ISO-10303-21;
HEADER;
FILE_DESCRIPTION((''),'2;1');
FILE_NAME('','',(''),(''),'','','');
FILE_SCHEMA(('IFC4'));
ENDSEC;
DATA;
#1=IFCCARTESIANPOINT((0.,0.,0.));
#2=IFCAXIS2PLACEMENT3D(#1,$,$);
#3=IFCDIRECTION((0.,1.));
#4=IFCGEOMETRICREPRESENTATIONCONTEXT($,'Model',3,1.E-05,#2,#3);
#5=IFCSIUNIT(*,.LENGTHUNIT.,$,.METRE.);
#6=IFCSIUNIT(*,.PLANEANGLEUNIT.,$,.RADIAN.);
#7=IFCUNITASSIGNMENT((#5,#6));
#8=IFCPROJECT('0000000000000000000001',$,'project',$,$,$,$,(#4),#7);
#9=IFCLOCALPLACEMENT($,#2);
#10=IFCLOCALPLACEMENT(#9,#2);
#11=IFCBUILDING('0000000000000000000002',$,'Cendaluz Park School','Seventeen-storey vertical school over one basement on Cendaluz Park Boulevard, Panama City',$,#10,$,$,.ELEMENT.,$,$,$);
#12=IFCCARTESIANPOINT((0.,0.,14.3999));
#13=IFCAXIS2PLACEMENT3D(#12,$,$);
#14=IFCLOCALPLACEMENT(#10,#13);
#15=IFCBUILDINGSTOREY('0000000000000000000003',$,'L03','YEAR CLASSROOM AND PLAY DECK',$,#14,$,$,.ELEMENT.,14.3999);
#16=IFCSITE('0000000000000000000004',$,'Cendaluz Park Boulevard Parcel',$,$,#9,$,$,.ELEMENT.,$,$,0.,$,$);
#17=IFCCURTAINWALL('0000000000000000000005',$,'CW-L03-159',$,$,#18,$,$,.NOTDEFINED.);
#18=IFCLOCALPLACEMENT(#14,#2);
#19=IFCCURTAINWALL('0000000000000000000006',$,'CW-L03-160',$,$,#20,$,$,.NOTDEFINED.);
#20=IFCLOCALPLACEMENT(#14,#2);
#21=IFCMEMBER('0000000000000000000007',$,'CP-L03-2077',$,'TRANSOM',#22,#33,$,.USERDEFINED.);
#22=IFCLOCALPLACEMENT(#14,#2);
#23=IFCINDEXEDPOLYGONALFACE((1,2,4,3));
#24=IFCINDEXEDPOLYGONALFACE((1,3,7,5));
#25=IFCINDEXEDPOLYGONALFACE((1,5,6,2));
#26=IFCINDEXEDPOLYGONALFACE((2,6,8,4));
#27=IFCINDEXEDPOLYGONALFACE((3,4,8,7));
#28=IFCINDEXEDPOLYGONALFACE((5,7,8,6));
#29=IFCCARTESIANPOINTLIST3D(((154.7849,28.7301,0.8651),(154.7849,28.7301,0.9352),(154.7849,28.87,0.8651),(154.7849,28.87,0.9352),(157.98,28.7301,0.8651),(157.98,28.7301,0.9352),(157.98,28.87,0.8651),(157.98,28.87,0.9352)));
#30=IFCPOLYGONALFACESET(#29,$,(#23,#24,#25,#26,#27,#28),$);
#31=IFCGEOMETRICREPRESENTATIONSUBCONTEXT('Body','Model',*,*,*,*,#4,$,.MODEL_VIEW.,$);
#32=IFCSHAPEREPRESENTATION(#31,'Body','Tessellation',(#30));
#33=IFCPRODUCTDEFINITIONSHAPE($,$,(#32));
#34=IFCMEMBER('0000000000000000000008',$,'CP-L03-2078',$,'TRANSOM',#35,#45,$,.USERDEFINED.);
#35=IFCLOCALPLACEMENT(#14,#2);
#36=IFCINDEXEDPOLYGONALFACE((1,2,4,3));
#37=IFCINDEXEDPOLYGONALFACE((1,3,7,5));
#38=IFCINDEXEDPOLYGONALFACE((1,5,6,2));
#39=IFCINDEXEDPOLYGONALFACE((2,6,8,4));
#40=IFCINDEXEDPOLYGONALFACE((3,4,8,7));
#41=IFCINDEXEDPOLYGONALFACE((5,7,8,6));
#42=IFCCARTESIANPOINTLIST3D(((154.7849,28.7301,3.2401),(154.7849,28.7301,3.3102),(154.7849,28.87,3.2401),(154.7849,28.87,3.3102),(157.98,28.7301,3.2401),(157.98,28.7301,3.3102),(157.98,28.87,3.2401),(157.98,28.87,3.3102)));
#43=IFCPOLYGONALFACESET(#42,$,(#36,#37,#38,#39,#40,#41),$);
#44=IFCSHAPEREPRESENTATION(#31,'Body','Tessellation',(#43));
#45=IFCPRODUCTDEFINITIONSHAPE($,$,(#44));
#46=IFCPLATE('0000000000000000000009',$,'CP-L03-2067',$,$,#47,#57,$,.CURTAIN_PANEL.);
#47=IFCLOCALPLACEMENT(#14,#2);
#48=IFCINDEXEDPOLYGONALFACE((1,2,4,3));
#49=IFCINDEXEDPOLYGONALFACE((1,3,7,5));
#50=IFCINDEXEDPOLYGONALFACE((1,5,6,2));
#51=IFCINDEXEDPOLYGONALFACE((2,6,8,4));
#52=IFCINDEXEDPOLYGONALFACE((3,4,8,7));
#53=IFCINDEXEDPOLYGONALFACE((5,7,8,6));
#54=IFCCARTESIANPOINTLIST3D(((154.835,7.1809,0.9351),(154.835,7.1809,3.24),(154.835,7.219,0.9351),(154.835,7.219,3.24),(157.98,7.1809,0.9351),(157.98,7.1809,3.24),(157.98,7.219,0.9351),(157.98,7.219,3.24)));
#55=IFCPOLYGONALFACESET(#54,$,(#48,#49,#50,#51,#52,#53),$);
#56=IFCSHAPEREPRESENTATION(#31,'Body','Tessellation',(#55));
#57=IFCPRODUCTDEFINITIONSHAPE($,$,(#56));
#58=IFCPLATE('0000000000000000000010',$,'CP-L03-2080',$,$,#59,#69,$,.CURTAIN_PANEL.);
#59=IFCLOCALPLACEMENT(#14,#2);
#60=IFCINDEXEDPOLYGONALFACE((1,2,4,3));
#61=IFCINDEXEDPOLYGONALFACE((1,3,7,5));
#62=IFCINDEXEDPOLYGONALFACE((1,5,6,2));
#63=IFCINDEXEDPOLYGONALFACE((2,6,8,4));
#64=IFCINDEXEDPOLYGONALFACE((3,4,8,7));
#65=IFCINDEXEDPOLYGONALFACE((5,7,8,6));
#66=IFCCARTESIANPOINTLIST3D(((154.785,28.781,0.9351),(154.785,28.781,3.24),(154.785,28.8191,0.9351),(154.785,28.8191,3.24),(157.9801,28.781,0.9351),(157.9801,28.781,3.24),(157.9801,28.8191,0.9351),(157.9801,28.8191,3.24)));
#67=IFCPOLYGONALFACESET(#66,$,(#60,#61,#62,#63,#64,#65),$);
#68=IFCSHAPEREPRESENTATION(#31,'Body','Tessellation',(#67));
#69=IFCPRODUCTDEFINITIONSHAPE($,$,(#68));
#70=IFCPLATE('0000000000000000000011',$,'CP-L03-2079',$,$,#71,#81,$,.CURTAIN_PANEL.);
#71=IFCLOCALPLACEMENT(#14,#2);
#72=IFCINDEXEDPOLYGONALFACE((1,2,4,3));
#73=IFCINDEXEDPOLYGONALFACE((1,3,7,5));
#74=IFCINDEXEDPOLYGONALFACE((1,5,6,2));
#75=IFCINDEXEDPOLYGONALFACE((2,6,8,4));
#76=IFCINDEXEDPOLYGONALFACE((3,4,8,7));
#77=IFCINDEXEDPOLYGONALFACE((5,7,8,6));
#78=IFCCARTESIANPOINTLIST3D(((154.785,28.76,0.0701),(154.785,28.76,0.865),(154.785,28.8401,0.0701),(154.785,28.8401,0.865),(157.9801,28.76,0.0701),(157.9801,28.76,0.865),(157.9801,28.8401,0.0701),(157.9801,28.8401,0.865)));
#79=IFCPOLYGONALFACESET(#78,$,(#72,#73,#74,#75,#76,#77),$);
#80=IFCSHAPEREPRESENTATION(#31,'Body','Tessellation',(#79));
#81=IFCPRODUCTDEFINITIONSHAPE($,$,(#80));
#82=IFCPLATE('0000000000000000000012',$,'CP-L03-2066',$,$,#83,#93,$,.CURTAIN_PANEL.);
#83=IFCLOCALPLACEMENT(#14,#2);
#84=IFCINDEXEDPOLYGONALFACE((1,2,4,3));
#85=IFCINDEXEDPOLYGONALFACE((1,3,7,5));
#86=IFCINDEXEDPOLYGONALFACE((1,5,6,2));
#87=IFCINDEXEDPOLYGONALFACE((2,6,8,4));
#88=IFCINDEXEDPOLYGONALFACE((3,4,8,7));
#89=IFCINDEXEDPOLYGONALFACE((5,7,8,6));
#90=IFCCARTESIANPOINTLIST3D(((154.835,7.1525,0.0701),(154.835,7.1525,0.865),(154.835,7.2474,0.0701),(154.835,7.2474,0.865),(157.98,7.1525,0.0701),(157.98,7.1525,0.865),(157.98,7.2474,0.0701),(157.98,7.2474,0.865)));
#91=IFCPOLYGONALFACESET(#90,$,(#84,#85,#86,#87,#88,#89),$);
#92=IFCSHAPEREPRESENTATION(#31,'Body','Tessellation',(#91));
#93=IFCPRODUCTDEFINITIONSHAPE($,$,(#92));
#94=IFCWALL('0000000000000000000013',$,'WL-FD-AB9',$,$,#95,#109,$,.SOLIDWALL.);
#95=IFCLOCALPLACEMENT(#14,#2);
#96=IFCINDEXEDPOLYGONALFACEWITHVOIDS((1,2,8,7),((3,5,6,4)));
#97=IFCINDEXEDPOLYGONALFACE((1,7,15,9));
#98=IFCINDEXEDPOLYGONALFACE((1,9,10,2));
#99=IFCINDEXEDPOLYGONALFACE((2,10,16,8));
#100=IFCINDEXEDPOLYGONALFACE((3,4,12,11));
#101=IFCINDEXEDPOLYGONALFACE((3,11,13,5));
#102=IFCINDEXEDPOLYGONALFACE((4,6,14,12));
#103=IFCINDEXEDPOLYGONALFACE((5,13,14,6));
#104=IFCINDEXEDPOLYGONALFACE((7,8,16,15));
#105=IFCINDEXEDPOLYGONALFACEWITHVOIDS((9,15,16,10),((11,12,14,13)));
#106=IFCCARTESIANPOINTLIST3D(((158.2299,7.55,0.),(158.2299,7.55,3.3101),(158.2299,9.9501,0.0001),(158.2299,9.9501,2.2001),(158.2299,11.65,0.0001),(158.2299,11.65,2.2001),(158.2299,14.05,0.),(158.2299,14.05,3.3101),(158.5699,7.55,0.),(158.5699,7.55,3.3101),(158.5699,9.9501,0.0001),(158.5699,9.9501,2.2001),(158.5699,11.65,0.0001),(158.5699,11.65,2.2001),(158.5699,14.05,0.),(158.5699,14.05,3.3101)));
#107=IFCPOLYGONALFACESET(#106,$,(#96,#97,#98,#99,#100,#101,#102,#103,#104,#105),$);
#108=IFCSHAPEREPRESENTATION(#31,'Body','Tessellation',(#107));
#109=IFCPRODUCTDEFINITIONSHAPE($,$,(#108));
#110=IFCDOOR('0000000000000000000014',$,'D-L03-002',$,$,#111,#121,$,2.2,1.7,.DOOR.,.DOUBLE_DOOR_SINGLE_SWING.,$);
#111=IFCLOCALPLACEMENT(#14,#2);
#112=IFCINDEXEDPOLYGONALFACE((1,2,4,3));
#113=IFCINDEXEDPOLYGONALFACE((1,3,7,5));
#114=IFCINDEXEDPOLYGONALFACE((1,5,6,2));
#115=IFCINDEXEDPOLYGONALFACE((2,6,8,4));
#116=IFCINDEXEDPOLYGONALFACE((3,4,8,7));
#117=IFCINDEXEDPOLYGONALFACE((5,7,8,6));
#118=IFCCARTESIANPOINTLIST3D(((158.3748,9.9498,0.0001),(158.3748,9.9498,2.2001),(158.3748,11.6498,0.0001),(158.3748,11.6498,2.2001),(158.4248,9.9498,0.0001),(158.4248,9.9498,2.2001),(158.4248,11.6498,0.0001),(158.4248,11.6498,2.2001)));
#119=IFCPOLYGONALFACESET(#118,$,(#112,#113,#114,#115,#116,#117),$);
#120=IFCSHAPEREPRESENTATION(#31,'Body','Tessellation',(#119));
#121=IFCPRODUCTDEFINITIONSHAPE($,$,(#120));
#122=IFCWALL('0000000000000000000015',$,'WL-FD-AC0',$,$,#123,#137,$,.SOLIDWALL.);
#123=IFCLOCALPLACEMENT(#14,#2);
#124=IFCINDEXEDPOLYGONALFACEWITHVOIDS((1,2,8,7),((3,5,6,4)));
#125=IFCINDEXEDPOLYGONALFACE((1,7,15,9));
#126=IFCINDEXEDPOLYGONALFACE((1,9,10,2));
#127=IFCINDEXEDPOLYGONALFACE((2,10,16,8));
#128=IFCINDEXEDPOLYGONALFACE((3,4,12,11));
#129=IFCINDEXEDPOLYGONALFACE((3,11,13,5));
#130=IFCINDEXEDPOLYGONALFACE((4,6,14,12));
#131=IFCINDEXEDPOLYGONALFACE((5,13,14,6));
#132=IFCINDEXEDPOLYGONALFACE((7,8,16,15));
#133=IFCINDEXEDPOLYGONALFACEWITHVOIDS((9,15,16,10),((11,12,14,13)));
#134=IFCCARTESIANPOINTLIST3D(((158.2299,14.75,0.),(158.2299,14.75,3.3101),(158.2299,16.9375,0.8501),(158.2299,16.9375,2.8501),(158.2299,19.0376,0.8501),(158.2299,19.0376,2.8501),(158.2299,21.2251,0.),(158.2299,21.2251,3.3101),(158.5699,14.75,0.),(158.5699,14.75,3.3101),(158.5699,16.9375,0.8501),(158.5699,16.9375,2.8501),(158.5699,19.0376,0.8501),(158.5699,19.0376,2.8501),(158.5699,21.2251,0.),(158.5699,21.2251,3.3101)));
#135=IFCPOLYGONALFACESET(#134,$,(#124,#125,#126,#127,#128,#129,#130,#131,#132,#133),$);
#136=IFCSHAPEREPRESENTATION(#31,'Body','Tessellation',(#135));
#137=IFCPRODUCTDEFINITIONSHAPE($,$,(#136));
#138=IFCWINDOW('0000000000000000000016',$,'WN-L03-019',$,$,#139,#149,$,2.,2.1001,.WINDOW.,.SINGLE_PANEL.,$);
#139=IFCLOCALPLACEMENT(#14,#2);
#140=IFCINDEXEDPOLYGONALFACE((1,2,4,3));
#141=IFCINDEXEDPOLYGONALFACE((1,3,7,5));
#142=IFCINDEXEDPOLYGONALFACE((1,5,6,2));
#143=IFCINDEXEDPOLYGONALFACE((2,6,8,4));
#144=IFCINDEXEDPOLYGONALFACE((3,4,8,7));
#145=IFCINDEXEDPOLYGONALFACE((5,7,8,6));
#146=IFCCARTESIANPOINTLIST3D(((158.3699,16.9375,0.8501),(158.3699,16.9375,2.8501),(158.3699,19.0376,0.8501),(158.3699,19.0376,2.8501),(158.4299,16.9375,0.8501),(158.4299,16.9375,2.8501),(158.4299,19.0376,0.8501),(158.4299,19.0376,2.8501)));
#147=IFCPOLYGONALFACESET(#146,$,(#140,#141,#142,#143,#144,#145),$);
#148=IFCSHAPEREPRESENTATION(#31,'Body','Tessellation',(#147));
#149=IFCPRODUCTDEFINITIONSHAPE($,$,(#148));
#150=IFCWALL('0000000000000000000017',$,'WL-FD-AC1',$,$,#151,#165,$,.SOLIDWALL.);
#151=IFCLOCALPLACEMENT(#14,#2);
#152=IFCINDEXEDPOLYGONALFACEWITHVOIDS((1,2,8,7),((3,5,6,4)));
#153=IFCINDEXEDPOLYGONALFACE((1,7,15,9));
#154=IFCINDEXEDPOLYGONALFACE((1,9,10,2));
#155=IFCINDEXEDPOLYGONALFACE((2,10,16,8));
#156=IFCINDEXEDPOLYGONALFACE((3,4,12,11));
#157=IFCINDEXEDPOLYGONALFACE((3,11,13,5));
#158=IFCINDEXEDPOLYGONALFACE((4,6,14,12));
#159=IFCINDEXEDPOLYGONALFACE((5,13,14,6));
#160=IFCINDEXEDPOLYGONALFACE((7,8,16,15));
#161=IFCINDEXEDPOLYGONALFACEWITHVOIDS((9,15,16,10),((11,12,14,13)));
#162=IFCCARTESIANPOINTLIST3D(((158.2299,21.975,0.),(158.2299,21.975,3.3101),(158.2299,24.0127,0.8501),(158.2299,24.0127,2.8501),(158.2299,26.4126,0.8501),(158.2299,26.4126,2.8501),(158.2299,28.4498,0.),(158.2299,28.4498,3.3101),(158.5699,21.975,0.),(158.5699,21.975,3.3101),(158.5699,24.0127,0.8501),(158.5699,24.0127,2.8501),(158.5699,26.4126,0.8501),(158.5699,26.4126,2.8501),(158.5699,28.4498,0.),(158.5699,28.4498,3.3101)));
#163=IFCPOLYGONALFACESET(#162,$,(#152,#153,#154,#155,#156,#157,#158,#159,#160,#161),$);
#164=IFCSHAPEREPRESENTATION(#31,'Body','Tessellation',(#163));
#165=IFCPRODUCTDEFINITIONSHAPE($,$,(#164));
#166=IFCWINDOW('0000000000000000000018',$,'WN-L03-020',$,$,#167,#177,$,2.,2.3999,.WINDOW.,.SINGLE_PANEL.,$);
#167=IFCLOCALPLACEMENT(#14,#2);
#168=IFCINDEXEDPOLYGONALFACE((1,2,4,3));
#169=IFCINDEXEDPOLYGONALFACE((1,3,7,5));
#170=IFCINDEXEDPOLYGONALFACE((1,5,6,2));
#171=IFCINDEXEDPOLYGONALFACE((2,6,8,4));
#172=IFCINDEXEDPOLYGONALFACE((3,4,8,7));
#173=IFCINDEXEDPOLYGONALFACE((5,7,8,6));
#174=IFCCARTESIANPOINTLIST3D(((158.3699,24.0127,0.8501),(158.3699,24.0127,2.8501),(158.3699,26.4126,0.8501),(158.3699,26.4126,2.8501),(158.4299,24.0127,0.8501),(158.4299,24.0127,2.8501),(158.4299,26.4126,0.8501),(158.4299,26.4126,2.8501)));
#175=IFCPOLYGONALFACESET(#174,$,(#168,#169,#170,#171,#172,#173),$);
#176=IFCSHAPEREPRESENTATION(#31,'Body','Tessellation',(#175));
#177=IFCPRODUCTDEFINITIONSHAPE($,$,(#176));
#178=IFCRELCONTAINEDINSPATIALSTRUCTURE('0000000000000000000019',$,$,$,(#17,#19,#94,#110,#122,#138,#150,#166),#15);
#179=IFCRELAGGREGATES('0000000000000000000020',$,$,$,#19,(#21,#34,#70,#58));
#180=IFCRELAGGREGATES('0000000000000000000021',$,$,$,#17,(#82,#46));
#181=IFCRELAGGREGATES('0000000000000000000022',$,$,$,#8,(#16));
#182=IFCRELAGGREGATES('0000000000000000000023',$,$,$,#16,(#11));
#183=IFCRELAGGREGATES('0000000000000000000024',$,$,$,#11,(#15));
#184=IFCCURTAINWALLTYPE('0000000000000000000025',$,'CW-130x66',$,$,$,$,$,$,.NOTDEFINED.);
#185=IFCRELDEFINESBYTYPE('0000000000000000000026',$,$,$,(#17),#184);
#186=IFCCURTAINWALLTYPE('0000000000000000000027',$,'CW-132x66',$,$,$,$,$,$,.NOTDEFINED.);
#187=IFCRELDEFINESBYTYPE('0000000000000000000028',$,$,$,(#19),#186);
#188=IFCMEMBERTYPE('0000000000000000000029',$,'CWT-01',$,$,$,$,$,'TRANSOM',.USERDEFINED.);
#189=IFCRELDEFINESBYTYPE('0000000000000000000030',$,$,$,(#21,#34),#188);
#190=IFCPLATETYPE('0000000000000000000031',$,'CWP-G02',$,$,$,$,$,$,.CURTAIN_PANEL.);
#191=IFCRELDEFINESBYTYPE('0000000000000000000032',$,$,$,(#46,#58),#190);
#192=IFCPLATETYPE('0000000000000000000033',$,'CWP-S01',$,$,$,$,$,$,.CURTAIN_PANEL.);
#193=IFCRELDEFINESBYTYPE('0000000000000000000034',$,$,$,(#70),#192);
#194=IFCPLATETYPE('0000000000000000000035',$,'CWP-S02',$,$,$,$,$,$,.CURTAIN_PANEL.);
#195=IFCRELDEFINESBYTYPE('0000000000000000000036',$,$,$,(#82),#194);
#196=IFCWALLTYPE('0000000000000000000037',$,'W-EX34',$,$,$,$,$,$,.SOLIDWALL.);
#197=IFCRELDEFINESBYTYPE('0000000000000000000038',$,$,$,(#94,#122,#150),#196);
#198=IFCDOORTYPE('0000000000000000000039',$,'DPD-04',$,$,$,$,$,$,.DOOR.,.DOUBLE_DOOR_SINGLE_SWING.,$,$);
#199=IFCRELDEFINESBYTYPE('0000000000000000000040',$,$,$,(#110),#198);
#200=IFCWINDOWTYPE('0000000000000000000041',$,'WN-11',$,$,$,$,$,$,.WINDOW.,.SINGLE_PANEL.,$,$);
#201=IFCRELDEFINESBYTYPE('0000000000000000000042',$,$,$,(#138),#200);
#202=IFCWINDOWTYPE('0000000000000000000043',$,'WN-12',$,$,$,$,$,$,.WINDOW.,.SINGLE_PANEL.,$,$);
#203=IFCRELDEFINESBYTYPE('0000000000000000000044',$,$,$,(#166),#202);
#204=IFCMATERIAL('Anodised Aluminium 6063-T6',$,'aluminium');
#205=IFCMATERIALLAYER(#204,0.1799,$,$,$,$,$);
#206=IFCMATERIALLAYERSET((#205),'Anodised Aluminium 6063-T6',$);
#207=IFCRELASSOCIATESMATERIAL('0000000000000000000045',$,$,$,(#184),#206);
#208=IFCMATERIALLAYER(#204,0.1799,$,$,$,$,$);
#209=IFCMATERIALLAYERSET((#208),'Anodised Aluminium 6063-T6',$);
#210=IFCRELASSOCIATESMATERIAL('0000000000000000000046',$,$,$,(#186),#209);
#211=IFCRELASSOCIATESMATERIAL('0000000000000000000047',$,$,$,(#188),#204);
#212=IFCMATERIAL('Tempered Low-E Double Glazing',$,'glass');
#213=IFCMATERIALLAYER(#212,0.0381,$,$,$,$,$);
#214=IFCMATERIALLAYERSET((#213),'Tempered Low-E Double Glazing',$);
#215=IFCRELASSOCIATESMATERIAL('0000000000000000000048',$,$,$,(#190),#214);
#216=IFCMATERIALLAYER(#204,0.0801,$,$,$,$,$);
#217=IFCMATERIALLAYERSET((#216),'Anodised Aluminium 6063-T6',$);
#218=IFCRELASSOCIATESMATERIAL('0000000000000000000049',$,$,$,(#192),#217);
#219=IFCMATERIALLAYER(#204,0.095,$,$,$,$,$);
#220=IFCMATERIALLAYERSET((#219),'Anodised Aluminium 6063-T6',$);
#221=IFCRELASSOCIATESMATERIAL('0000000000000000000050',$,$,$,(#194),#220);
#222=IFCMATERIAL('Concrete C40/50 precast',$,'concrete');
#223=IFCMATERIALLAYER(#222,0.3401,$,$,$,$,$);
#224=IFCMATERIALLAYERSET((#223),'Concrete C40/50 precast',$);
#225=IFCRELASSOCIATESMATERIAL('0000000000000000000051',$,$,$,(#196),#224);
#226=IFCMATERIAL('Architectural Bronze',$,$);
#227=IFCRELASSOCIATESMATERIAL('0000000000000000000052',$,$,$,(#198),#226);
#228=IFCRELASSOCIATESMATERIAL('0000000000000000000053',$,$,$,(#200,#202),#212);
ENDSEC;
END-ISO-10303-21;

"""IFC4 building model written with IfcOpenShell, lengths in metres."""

from ifc_helpers import new_model, si_unit, direction, frame, frame_2d, origin, origin_2d, place, context, subcontext, project, spatial, rectangle, extrude, material, layer, layer_set, material_profile, profile_set, type_object, element, fill, aggregate, save


model = new_model("IFC4")

# Units and contexts
model_context = context("Model", 3, precision=1e-05, world=origin(), true_north=direction((0.0, 1.0)))
body_context = subcontext(model_context, "Body", "Model", "MODEL_VIEW")
ifc_project = project(units=[si_unit("LENGTHUNIT", "METRE"), si_unit("PLANEANGLEUNIT", "RADIAN")], contexts=[model_context])

# Site, building, storey
site_placement = place(None, origin())
site = spatial("IfcSite", under=ifc_project, at=site_placement, Name="Cendaluz Park Boulevard Parcel", CompositionType="ELEMENT", RefElevation=0.0)
building_placement = place(site_placement, origin())
building = spatial("IfcBuilding", under=site, at=building_placement, Name="Cendaluz Park School", Description="Seventeen-storey vertical school over one basement on Cendaluz Park Boulevard, Panama City", CompositionType="ELEMENT")
storey_placement = place(building_placement, frame((0.0, 0.0, 14.3999)))
storey = spatial("IfcBuildingStorey", under=building, at=storey_placement, Name="L03", Description="YEAR CLASSROOM AND PLAY DECK", CompositionType="ELEMENT", Elevation=14.3999)

# Curtain wall
ifc_material_1 = material(Name="Anodised Aluminium 6063-T6", Category="aluminium")
ifc_layer_1 = layer(ifc_material_1, 0.1799)
ifc_layer_set_1 = layer_set([ifc_layer_1], Name="Anodised Aluminium 6063-T6")
curtain_wall_type_1 = type_object("IfcCurtainWallType", Name="CW-130x66", PredefinedType="NOTDEFINED", material=ifc_layer_set_1)
curtain_wall_1_placement = place(storey_placement, origin())
curtain_wall_1 = element("IfcCurtainWall", 1, at=curtain_wall_1_placement, inside=storey, type_object=curtain_wall_type_1, Name="CW-L03-159", PredefinedType="NOTDEFINED")

# Curtain wall
ifc_layer_2 = layer(ifc_material_1, 0.1799)
ifc_layer_set_2 = layer_set([ifc_layer_2], Name="Anodised Aluminium 6063-T6")
curtain_wall_type_2 = type_object("IfcCurtainWallType", Name="CW-132x66", PredefinedType="NOTDEFINED", material=ifc_layer_set_2)
curtain_wall_2_placement = place(storey_placement, origin())
curtain_wall_2 = element("IfcCurtainWall", 2, at=curtain_wall_2_placement, inside=storey, type_object=curtain_wall_type_2, Name="CW-L03-160", PredefinedType="NOTDEFINED")

# Members
ifc_material_profile_1 = material_profile(ifc_material_1, rectangle(XDim=0.1399, YDim=0.0701, at=origin_2d()), Name="CWT 140x70", Category="aluminium")
ifc_profile_set_1 = profile_set([ifc_material_profile_1], Name="Anodised Aluminium 6063-T6")
member_type_1 = type_object("IfcMemberType", Name="CWT-01", ElementType="TRANSOM", PredefinedType="USERDEFINED", material=ifc_profile_set_1)
member_1_placement = place(storey_placement, frame((154.7849, 28.8, 0.9001), z_axis=(1.0, 0.0, 0.0), x_axis=(0.0, 1.0, 0.0)))
member_1 = element("IfcMember", 3, at=member_1_placement, type_object=member_type_1, Name="CP-L03-2077", ObjectType="TRANSOM", PredefinedType="USERDEFINED", context=body_context, shape_type="SweptSolid", body=[
    extrude(rectangle(XDim=0.1399, YDim=0.0701, at=origin_2d()), origin(), (0.0, 0.0, 1.0), 3.1951),
])
member_2_placement = place(storey_placement, frame((154.7849, 28.8, 3.2751), z_axis=(1.0, 0.0, 0.0), x_axis=(0.0, 1.0, 0.0)))
member_2 = element("IfcMember", 4, at=member_2_placement, type_object=member_type_1, Name="CP-L03-2078", ObjectType="TRANSOM", PredefinedType="USERDEFINED", context=body_context, shape_type="SweptSolid", body=[
    extrude(rectangle(XDim=0.1399, YDim=0.0701, at=origin_2d()), origin(), (0.0, 0.0, 1.0), 3.1951),
])

# Plates
ifc_material_2 = material(Name="Tempered Low-E Double Glazing", Category="glass")
ifc_layer_3 = layer(ifc_material_2, 0.0381)
ifc_layer_set_3 = layer_set([ifc_layer_3], Name="Tempered Low-E Double Glazing")
plate_type_1 = type_object("IfcPlateType", Name="CWP-G02", PredefinedType="CURTAIN_PANEL", material=ifc_layer_set_3)
plate_1_placement = place(storey_placement, frame((156.4075, 7.2, 0.9351), z_axis=(0.0, 0.0, 1.0), x_axis=(1.0, 0.0, 0.0)))
plate_1 = element("IfcPlate", 5, at=plate_1_placement, type_object=plate_type_1, Name="CP-L03-2067", PredefinedType="CURTAIN_PANEL", context=body_context, shape_type="SweptSolid", body=[
    extrude(rectangle(XDim=3.145, YDim=0.0381, at=origin_2d()), origin(), (0.0, 0.0, 1.0), 2.3049),
])
plate_2_placement = place(storey_placement, frame((156.3826, 28.8, 0.9351), z_axis=(0.0, 0.0, 1.0), x_axis=(1.0, 0.0, 0.0)))
plate_2 = element("IfcPlate", 6, at=plate_2_placement, type_object=plate_type_1, Name="CP-L03-2080", PredefinedType="CURTAIN_PANEL", context=body_context, shape_type="SweptSolid", body=[
    extrude(rectangle(XDim=3.1951, YDim=0.0381, at=origin_2d()), origin(), (0.0, 0.0, 1.0), 2.3049),
])
ifc_layer_4 = layer(ifc_material_1, 0.0801)
ifc_layer_set_4 = layer_set([ifc_layer_4], Name="Anodised Aluminium 6063-T6")
plate_type_2 = type_object("IfcPlateType", Name="CWP-S01", PredefinedType="CURTAIN_PANEL", material=ifc_layer_set_4)
plate_3_placement = place(storey_placement, frame((156.3826, 28.8, 0.0701), z_axis=(0.0, 0.0, 1.0), x_axis=(1.0, 0.0, 0.0)))
plate_3 = element("IfcPlate", 7, at=plate_3_placement, type_object=plate_type_2, Name="CP-L03-2079", PredefinedType="CURTAIN_PANEL", context=body_context, shape_type="SweptSolid", body=[
    extrude(rectangle(XDim=3.1951, YDim=0.0801, at=origin_2d()), origin(), (0.0, 0.0, 1.0), 0.7949),
])
aggregate(curtain_wall_2, [member_1, member_2, plate_3, plate_2])
ifc_layer_5 = layer(ifc_material_1, 0.095)
ifc_layer_set_5 = layer_set([ifc_layer_5], Name="Anodised Aluminium 6063-T6")
plate_type_3 = type_object("IfcPlateType", Name="CWP-S02", PredefinedType="CURTAIN_PANEL", material=ifc_layer_set_5)
plate_4_placement = place(storey_placement, frame((156.4075, 7.2, 0.0701), z_axis=(0.0, 0.0, 1.0), x_axis=(1.0, 0.0, 0.0)))
plate_4 = element("IfcPlate", 8, at=plate_4_placement, type_object=plate_type_3, Name="CP-L03-2066", PredefinedType="CURTAIN_PANEL", context=body_context, shape_type="SweptSolid", body=[
    extrude(rectangle(XDim=3.145, YDim=0.095, at=origin_2d()), origin(), (0.0, 0.0, 1.0), 0.7949),
])
aggregate(curtain_wall_1, [plate_4, plate_1])

# Wall, opening, door
ifc_material_3 = material(Name="Concrete C40/50 precast", Category="concrete")
ifc_layer_6 = layer(ifc_material_3, 0.3401)
ifc_layer_set_6 = layer_set([ifc_layer_6], Name="Concrete C40/50 precast")
wall_type = type_object("IfcWallType", Name="W-EX34", PredefinedType="SOLIDWALL", material=ifc_layer_set_6)
wall_1_placement = place(storey_placement, frame((158.3999, 7.55, 0.0), z_axis=(0.0, 0.0, 1.0), x_axis=(0.0, 1.0, 0.0)))
wall_1 = element("IfcWall", 9, at=wall_1_placement, inside=storey, type_object=wall_type, Name="WL-FD-AB9", PredefinedType="SOLIDWALL", context=body_context, shape_type="SweptSolid", body=[
    extrude(rectangle(XDim=6.5, YDim=0.3401, at=frame_2d((3.25, 0.0))), origin(), (0.0, 0.0, 1.0), 3.3101),
])
opening_1_placement = place(wall_1_placement, frame((2.3999, 0.0, 0.0)))
opening_1 = element("IfcOpeningElement", 10, at=opening_1_placement, cuts=wall_1, PredefinedType="OPENING", context=body_context, shape_type="SweptSolid", body=[
    extrude(rectangle(XDim=1.7, YDim=2.2, at=frame_2d((0.8501, 1.1001))), frame((0.0, 0.1821, 0.0), z_axis=(0.0, -1.0, 0.0), x_axis=(1.0, 0.0, 0.0)), (0.0, 0.0, 1.0), 0.364),
])
ifc_material_4 = material(Name="Architectural Bronze")
door_type = type_object("IfcDoorType", Name="DPD-04", OperationType="DOUBLE_DOOR_SINGLE_SWING", PredefinedType="DOOR", material=ifc_material_4)
door_placement = place(opening_1_placement, frame((1.7, 0.0, 0.0), z_axis=(0.0, 0.0, 1.0), x_axis=(-1.0, 0.0, 0.0)))
door = element("IfcDoor", 11, at=door_placement, inside=storey, type_object=door_type, Name="D-L03-002", OperationType="DOUBLE_DOOR_SINGLE_SWING", OverallHeight=2.2, OverallWidth=1.7, PredefinedType="DOOR", context=body_context, shape_type="SweptSolid", body=[
    extrude(rectangle(XDim=1.7, YDim=2.2, at=frame_2d((0.8501, 1.1001))), frame((0.0, 0.0249, 0.0), z_axis=(0.0, -1.0, 0.0), x_axis=(1.0, 0.0, 0.0)), (0.0, 0.0, 1.0), 0.05),
])
fill(opening_1, door)

# Walls, openings, windows
wall_2_placement = place(storey_placement, frame((158.3999, 14.75, 0.0), z_axis=(0.0, 0.0, 1.0), x_axis=(0.0, 1.0, 0.0)))
wall_2 = element("IfcWall", 12, at=wall_2_placement, inside=storey, type_object=wall_type, Name="WL-FD-AC0", PredefinedType="SOLIDWALL", context=body_context, shape_type="SweptSolid", body=[
    extrude(rectangle(XDim=6.4751, YDim=0.3401, at=frame_2d((3.2375, 0.0))), origin(), (0.0, 0.0, 1.0), 3.3101),
])
opening_2_placement = place(wall_2_placement, frame((2.1875, 0.0, 0.8501)))
opening_2 = element("IfcOpeningElement", 13, at=opening_2_placement, cuts=wall_2, PredefinedType="OPENING", context=body_context, shape_type="SweptSolid", body=[
    extrude(rectangle(XDim=2.1001, YDim=2.0, at=frame_2d((1.05, 1.0))), frame((0.0, 0.1821, 0.0), z_axis=(0.0, -1.0, 0.0), x_axis=(1.0, 0.0, 0.0)), (0.0, 0.0, 1.0), 0.364),
])
window_type_1 = type_object("IfcWindowType", Name="WN-11", PartitioningType="SINGLE_PANEL", PredefinedType="WINDOW", material=ifc_material_2)
window_1_placement = place(opening_2_placement, origin())
window_1 = element("IfcWindow", 14, at=window_1_placement, inside=storey, type_object=window_type_1, Name="WN-L03-019", OverallHeight=2.0, OverallWidth=2.1001, PartitioningType="SINGLE_PANEL", PredefinedType="WINDOW", context=body_context, shape_type="SweptSolid", body=[
    extrude(rectangle(XDim=2.1001, YDim=2.0, at=frame_2d((1.05, 1.0))), frame((0.0, 0.03, 0.0), z_axis=(0.0, -1.0, 0.0), x_axis=(1.0, 0.0, 0.0)), (0.0, 0.0, 1.0), 0.0601),
])
fill(opening_2, window_1)
wall_3_placement = place(storey_placement, frame((158.3999, 21.9751, 0.0), z_axis=(0.0, 0.0, 1.0), x_axis=(0.0, 1.0, 0.0)))
wall_3 = element("IfcWall", 15, at=wall_3_placement, inside=storey, type_object=wall_type, Name="WL-FD-AC1", PredefinedType="SOLIDWALL", context=body_context, shape_type="SweptSolid", body=[
    extrude(rectangle(XDim=6.4749, YDim=0.3401, at=frame_2d((3.2373, 0.0))), origin(), (0.0, 0.0, 1.0), 3.3101),
])
opening_3_placement = place(wall_3_placement, frame((2.0376, 0.0, 0.8501)))
opening_3 = element("IfcOpeningElement", 16, at=opening_3_placement, cuts=wall_3, PredefinedType="OPENING", context=body_context, shape_type="SweptSolid", body=[
    extrude(rectangle(XDim=2.3999, YDim=2.0, at=frame_2d((1.2, 1.0))), frame((0.0, 0.1821, 0.0), z_axis=(0.0, -1.0, 0.0), x_axis=(1.0, 0.0, 0.0)), (0.0, 0.0, 1.0), 0.364),
])
window_type_2 = type_object("IfcWindowType", Name="WN-12", PartitioningType="SINGLE_PANEL", PredefinedType="WINDOW", material=ifc_material_2)
window_2_placement = place(opening_3_placement, origin())
window_2 = element("IfcWindow", 17, at=window_2_placement, inside=storey, type_object=window_type_2, Name="WN-L03-020", OverallHeight=2.0, OverallWidth=2.3999, PartitioningType="SINGLE_PANEL", PredefinedType="WINDOW", context=body_context, shape_type="SweptSolid", body=[
    extrude(rectangle(XDim=2.3999, YDim=2.0, at=frame_2d((1.2, 1.0))), frame((0.0, 0.03, 0.0), z_axis=(0.0, -1.0, 0.0), x_axis=(1.0, 0.0, 0.0)), (0.0, 0.0, 1.0), 0.0601),
])
fill(opening_3, window_2)

save(model, "model.ifc")
